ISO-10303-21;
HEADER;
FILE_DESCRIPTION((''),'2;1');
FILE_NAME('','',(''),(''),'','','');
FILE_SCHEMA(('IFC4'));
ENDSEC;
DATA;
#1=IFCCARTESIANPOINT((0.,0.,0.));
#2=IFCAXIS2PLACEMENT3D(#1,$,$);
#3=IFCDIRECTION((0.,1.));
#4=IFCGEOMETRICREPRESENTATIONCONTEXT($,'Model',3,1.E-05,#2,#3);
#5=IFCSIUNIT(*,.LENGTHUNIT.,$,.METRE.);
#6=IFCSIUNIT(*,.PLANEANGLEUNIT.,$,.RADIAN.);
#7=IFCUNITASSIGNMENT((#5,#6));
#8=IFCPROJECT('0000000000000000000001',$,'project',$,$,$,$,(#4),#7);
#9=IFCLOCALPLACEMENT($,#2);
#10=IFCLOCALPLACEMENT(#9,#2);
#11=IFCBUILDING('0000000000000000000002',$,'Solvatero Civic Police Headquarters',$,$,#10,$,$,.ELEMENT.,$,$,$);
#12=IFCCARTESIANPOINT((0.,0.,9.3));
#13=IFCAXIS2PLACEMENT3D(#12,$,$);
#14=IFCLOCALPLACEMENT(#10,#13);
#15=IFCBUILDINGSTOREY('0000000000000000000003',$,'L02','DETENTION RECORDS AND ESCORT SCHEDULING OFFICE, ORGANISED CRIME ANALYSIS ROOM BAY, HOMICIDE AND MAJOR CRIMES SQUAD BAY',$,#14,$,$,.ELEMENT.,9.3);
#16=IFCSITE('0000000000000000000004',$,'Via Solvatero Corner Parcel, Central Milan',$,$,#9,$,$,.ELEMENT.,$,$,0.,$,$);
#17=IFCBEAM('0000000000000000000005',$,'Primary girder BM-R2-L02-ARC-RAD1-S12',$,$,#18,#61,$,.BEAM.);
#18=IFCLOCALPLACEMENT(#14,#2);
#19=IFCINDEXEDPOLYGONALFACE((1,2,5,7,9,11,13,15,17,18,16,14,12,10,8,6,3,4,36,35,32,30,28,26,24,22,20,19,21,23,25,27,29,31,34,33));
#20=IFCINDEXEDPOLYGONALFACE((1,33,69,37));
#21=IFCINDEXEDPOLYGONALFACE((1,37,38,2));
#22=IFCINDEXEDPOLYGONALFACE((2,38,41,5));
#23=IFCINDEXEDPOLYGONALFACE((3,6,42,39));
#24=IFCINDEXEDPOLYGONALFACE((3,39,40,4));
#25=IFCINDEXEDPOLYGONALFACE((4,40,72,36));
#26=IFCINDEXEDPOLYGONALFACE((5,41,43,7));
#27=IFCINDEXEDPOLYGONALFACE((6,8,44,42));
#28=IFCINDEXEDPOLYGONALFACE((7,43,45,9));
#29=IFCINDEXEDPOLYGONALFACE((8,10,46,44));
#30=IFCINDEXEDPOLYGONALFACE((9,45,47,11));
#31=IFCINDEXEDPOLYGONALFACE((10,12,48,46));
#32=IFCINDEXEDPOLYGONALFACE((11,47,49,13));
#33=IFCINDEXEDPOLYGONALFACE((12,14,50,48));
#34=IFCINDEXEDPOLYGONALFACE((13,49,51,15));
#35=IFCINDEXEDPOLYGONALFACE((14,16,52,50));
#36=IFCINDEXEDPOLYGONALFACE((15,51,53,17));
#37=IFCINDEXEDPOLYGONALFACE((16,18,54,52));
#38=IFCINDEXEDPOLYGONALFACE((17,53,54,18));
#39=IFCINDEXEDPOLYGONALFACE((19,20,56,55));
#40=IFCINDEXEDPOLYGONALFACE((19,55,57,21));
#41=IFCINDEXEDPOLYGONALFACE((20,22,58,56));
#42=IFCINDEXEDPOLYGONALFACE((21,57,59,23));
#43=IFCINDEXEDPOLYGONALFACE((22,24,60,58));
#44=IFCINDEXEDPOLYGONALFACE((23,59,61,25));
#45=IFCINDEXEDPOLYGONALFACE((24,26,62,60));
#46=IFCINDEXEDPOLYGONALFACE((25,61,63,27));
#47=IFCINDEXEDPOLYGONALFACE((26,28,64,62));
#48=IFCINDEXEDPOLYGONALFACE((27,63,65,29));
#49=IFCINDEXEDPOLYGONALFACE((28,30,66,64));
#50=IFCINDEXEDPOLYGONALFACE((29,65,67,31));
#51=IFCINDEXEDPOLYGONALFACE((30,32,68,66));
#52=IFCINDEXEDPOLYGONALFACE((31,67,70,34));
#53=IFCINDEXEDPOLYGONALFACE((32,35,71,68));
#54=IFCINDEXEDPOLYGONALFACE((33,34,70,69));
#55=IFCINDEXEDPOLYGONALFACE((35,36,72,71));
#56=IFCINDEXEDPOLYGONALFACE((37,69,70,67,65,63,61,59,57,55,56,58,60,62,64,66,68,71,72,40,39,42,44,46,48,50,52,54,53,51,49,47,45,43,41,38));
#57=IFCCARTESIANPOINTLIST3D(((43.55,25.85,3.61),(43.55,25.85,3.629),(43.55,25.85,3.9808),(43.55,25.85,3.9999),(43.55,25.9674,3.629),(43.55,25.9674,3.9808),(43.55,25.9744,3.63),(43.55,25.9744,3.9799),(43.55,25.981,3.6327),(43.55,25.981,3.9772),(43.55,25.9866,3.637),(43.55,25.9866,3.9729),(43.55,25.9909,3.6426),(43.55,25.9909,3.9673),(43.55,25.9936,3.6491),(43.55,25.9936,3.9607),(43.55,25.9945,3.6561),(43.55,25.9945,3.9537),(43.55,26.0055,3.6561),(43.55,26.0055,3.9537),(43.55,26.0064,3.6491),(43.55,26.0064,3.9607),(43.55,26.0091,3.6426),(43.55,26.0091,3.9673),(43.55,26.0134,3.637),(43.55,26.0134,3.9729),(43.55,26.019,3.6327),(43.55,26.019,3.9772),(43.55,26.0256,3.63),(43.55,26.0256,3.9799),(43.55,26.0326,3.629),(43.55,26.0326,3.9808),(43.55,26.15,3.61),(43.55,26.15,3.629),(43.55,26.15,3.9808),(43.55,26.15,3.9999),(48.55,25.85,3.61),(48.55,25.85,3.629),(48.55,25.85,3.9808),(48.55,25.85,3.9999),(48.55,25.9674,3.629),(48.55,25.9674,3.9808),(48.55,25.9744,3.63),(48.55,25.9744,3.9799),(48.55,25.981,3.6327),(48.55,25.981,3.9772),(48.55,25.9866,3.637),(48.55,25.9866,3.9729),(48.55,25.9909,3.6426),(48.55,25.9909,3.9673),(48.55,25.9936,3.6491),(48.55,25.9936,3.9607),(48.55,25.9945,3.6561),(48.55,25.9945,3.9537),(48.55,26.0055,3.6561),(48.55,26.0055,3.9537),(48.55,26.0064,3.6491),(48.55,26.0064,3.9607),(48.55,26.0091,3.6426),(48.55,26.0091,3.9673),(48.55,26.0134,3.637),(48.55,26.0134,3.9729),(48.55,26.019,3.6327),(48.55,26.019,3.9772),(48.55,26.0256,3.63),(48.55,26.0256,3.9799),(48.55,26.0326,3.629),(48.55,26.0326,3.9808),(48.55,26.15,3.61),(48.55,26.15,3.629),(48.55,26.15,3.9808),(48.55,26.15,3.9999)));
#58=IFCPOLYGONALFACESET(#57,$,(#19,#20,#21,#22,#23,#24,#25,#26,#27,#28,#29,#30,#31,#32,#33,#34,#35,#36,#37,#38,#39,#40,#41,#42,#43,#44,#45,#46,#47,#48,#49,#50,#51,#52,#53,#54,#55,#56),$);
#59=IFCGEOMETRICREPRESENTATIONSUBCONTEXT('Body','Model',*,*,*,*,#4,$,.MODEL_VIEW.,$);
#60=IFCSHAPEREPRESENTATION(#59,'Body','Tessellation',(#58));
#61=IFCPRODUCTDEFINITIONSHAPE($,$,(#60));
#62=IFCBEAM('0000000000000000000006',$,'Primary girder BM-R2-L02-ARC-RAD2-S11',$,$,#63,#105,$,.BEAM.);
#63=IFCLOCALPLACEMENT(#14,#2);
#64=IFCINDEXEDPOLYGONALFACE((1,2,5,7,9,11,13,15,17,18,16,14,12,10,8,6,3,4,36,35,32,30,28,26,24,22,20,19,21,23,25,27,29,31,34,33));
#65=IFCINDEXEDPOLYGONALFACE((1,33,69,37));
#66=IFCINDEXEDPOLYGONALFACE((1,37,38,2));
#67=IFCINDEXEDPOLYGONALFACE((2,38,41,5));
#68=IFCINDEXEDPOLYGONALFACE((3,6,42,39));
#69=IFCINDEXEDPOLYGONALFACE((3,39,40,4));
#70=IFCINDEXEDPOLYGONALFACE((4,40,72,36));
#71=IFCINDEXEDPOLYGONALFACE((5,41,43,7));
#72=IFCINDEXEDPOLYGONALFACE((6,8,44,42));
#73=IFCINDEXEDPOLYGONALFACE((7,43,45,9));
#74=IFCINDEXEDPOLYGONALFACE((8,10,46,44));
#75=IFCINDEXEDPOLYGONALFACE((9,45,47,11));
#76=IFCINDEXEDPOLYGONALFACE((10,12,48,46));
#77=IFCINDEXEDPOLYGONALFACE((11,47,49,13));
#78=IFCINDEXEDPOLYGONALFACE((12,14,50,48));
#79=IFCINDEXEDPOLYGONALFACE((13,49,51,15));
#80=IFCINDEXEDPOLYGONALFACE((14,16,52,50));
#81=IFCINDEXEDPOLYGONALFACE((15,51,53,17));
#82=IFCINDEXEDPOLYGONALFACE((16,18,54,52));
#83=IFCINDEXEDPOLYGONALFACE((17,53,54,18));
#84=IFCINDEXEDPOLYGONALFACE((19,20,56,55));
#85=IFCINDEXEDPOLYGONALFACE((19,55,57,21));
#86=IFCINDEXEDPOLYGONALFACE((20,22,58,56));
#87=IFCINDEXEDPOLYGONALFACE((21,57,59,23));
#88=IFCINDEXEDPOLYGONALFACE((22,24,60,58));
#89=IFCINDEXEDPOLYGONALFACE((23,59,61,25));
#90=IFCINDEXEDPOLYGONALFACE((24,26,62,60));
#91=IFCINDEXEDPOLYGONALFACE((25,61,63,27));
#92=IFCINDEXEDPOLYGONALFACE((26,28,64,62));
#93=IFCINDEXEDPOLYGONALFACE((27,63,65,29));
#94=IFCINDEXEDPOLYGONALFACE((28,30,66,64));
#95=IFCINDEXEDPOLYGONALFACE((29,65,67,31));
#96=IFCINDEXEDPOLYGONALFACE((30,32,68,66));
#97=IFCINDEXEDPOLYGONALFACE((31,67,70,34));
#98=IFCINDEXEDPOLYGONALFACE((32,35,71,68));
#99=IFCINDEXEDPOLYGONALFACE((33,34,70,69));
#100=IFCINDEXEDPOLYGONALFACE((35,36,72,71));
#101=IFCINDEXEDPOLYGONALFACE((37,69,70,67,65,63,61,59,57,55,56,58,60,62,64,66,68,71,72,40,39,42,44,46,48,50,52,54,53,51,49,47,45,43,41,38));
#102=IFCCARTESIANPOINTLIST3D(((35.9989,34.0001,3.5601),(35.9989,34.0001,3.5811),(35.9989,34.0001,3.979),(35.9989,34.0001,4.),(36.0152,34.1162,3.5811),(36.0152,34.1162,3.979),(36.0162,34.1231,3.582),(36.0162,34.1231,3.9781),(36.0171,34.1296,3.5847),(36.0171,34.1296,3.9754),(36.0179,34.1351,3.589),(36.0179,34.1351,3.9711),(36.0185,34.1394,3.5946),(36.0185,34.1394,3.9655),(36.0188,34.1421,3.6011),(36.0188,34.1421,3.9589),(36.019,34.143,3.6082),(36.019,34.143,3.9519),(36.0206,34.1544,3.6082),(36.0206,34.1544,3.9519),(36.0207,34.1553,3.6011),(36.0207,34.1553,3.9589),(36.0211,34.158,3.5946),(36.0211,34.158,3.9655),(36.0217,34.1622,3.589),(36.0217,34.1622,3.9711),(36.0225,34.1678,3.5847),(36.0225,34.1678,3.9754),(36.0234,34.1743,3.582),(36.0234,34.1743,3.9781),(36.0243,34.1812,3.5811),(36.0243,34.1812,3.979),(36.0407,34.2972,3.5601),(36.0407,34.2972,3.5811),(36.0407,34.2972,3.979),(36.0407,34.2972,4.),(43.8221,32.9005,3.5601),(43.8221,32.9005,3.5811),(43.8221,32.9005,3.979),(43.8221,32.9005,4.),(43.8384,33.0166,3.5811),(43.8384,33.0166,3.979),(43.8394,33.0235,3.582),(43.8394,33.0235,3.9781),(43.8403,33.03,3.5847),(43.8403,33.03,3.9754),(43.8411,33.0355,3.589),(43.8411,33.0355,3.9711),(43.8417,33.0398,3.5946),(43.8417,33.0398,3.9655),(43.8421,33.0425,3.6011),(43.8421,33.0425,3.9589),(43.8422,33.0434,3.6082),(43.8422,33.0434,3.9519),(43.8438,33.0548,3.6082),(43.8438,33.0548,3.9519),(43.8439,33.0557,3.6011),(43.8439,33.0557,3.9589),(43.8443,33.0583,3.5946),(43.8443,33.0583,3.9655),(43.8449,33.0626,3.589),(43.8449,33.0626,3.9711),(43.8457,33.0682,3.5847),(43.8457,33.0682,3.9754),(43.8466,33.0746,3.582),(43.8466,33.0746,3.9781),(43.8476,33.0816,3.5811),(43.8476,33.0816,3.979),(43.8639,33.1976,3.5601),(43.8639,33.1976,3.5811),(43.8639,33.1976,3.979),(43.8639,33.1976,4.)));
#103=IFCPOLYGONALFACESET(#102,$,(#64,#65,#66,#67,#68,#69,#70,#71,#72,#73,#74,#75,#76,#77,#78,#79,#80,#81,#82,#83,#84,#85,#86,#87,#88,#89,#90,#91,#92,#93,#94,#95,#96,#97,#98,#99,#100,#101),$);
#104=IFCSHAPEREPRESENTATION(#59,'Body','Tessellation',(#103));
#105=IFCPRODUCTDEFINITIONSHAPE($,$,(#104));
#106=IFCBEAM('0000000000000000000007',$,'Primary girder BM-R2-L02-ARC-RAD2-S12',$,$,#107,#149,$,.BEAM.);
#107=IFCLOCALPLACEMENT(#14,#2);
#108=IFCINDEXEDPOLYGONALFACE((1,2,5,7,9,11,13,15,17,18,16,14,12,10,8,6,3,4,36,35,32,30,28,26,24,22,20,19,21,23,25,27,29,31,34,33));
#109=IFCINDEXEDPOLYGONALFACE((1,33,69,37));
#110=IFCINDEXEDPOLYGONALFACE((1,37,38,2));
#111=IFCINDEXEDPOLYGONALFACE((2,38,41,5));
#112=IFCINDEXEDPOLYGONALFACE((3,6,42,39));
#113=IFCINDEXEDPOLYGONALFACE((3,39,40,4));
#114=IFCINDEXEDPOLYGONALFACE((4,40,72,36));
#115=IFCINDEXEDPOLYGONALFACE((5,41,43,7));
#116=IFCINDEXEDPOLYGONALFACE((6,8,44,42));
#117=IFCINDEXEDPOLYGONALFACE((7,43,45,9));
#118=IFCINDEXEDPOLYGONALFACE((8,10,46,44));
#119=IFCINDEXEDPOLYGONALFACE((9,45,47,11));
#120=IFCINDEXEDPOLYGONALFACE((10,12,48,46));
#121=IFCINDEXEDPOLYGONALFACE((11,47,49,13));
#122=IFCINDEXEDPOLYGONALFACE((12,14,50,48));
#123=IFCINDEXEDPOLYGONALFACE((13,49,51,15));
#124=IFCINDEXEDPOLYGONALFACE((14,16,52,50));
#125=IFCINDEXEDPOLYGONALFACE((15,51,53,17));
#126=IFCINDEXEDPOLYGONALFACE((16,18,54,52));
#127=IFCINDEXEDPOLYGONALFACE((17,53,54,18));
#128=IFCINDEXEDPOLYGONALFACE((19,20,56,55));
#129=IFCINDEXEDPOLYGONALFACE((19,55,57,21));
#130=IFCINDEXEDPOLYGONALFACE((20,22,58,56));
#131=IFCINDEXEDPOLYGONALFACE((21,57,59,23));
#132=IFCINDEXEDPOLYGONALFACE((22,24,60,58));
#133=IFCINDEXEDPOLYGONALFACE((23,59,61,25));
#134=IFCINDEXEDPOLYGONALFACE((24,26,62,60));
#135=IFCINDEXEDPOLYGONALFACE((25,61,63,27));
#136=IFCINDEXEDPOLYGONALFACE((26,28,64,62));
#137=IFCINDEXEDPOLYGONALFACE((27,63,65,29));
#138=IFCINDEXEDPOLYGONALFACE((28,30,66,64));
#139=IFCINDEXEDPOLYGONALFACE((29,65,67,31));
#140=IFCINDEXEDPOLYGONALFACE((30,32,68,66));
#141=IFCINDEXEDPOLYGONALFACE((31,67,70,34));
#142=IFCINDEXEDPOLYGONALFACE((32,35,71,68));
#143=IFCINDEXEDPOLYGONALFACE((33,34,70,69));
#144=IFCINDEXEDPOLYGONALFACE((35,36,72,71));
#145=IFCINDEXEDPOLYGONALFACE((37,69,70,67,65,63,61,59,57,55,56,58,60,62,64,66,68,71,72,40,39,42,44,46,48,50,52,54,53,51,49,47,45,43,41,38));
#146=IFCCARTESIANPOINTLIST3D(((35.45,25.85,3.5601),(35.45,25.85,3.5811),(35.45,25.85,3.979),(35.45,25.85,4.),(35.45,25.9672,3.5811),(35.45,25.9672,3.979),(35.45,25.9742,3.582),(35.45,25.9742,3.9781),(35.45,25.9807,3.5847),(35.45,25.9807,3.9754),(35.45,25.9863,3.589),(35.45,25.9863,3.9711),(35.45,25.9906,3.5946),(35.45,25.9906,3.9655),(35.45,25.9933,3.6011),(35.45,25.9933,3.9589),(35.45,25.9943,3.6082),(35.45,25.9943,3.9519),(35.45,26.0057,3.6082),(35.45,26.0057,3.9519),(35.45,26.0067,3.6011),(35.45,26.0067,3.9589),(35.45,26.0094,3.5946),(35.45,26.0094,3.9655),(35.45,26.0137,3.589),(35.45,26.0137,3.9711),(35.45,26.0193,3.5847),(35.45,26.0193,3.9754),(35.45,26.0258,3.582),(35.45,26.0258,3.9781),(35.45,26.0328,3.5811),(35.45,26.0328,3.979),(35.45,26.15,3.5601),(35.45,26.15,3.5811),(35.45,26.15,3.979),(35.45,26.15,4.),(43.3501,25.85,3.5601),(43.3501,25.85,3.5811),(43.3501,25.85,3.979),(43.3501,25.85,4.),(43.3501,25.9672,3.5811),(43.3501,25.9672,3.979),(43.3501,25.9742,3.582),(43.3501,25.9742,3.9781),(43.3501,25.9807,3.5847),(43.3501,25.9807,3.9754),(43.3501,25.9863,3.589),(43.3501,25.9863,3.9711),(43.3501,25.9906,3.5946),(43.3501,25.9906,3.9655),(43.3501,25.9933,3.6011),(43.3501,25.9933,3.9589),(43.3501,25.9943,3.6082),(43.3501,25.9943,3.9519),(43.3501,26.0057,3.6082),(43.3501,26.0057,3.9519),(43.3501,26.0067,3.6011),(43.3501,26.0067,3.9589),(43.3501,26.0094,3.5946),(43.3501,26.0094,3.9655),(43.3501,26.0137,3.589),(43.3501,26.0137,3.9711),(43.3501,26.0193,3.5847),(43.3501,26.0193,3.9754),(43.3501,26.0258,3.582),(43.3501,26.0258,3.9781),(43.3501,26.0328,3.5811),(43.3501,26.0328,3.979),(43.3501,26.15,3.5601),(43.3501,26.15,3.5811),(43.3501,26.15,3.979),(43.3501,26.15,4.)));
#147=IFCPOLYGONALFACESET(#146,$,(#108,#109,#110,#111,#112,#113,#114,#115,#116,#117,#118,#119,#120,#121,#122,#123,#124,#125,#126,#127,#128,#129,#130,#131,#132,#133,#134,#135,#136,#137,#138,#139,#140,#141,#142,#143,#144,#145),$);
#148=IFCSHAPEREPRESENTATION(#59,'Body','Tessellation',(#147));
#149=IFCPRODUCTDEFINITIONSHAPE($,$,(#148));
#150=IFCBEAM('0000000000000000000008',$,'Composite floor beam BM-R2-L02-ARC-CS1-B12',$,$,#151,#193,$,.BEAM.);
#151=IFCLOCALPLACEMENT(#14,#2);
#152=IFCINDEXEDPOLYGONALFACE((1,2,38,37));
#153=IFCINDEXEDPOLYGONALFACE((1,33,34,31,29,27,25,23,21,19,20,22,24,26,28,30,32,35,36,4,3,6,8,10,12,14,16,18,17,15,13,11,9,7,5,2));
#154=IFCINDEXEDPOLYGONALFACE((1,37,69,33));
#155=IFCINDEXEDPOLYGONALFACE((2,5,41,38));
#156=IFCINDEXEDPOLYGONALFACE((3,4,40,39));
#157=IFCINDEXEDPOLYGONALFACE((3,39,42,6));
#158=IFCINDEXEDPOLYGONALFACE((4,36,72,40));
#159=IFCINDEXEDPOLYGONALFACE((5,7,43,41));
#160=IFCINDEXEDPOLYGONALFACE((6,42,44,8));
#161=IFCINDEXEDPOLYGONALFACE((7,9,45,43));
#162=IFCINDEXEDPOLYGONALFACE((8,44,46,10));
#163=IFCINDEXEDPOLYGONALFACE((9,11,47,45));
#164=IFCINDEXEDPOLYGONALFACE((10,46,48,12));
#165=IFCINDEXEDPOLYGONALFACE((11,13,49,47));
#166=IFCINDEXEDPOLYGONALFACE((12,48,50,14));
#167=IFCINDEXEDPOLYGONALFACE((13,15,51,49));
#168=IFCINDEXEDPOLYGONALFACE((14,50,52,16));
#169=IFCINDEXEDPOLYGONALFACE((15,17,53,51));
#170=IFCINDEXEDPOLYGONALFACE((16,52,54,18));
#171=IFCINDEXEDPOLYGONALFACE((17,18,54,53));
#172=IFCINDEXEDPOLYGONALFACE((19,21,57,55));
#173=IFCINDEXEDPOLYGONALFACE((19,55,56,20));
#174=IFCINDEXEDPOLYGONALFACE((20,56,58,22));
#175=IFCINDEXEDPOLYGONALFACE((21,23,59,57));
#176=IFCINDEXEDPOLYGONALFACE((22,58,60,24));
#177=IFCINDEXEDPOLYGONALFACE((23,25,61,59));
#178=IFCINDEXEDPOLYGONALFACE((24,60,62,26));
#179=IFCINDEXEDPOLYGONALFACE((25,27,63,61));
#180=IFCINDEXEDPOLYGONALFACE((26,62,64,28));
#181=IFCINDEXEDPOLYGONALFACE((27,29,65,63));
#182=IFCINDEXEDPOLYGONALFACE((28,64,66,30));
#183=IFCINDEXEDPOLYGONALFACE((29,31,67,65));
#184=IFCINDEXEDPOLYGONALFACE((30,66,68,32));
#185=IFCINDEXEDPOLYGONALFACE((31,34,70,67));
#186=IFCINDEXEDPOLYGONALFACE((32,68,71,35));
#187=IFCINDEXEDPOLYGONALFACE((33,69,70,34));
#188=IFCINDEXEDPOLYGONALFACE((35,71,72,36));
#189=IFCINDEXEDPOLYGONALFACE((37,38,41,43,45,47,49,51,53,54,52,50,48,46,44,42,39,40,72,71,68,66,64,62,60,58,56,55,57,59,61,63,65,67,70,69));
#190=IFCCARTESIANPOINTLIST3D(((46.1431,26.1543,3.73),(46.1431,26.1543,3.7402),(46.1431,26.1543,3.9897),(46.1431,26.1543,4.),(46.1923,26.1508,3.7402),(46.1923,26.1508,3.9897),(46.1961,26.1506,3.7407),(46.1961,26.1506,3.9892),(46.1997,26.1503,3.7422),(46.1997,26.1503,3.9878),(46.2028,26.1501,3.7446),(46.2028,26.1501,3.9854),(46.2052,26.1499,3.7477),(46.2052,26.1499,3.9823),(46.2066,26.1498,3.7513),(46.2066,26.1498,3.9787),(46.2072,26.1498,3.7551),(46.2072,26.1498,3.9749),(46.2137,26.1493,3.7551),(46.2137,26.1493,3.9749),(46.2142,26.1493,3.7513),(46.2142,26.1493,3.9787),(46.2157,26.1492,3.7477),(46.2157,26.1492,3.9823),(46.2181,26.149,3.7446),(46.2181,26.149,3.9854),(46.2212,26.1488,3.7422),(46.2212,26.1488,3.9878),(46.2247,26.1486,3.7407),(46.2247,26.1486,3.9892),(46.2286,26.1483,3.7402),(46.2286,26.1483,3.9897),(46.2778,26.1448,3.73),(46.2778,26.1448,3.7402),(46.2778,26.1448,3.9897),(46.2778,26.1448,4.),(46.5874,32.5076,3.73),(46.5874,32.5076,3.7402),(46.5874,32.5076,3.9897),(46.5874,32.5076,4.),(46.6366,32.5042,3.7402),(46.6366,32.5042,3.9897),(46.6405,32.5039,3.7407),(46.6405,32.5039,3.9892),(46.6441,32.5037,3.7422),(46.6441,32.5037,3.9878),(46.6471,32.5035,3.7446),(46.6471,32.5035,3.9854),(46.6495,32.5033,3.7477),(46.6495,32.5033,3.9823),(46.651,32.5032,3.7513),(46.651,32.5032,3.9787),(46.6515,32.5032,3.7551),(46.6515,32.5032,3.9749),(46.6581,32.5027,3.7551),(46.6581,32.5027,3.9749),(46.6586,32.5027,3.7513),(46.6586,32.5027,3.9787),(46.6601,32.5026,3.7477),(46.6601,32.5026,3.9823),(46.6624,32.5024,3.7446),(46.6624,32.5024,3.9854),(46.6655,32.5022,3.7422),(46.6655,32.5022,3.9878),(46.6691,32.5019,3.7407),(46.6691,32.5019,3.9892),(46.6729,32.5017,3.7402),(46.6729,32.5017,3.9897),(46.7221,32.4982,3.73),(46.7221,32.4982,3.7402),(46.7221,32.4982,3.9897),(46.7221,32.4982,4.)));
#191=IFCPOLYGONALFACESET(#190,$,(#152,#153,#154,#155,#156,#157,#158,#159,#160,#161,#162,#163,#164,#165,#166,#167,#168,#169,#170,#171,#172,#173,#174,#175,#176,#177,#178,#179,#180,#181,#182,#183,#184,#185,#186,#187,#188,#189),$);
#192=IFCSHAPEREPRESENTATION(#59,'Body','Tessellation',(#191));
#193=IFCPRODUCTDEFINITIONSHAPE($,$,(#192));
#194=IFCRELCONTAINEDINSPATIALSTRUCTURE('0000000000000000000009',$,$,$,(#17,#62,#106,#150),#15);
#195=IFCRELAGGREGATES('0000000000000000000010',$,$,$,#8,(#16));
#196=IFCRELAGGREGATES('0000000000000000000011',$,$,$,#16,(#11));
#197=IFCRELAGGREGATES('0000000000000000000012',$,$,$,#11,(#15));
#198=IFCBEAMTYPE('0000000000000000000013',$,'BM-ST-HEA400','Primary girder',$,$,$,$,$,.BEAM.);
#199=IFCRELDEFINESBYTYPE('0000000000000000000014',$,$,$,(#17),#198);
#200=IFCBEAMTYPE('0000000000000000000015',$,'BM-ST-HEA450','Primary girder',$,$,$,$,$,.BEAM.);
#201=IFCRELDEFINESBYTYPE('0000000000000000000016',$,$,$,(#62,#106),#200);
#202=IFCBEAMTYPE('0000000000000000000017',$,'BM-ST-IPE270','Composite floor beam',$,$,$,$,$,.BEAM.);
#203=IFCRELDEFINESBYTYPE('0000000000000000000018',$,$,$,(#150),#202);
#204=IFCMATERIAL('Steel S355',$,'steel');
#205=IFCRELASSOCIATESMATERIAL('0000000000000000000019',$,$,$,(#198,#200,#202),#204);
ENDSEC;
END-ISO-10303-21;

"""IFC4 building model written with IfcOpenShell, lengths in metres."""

from ifc_helpers import new_model, si_unit, direction, frame, origin, origin_2d, place, context, subcontext, project, spatial, i_section, extrude, material, material_profile, profile_set, type_object, element, save


model = new_model("IFC4")

# Units and contexts
model_context = context("Model", 3, precision=1e-05, world=origin(), true_north=direction((0.0, 1.0)))
body_context = subcontext(model_context, "Body", "Model", "MODEL_VIEW")
ifc_project = project(units=[si_unit("LENGTHUNIT", "METRE"), si_unit("PLANEANGLEUNIT", "RADIAN")], contexts=[model_context])

# Site, building, storey
site_placement = place(None, origin())
site = spatial("IfcSite", under=ifc_project, at=site_placement, Name="Via Solvatero Corner Parcel, Central Milan", CompositionType="ELEMENT", RefElevation=0.0)
building_placement = place(site_placement, origin())
building = spatial("IfcBuilding", under=site, at=building_placement, Name="Solvatero Civic Police Headquarters", CompositionType="ELEMENT")
storey_placement = place(building_placement, frame((0.0, 0.0, 9.3)))
storey = spatial("IfcBuildingStorey", under=building, at=storey_placement, Name="L02", Description="DETENTION RECORDS AND ESCORT SCHEDULING OFFICE, ORGANISED CRIME ANALYSIS ROOM BAY, HOMICIDE AND MAJOR CRIMES SQUAD BAY", CompositionType="ELEMENT", Elevation=9.3)

# Shared definitions
ifc_material_1 = material(Name="Steel S355", Category="steel")

# Beams
ifc_material_profile_1 = material_profile(ifc_material_1, i_section(OverallWidth=0.3, OverallDepth=0.3899, WebThickness=0.011, FlangeThickness=0.019, FilletRadius=0.0271, at=origin_2d()), Name="HEA 400")
ifc_profile_set_1 = profile_set([ifc_material_profile_1], Name="Steel S355")
beam_type_1 = type_object("IfcBeamType", Name="BM-ST-HEA400", Description="Primary girder", PredefinedType="BEAM", material=ifc_profile_set_1)
beam_1_placement = place(storey_placement, frame((48.55, 26.0, 3.8049), z_axis=(-1.0, 0.0, 0.0), x_axis=(0.0, -1.0, 0.0)))
element("IfcBeam", 1, at=beam_1_placement, inside=storey, type_object=beam_type_1, Name="Primary girder BM-R2-L02-ARC-RAD1-S12", PredefinedType="BEAM", context=body_context, shape_type="SweptSolid", body=[
    extrude(i_section(OverallWidth=0.3, OverallDepth=0.3899, WebThickness=0.011, FlangeThickness=0.019, FilletRadius=0.0271, at=origin_2d()), origin(), (0.0, 0.0, 1.0), 5.0),
])
ifc_material_profile_2 = material_profile(ifc_material_1, i_section(OverallWidth=0.3, OverallDepth=0.4399, WebThickness=0.0115, FlangeThickness=0.021, FilletRadius=0.0271, at=origin_2d()), Name="HEA 450")
ifc_profile_set_2 = profile_set([ifc_material_profile_2], Name="Steel S355")
beam_type_2 = type_object("IfcBeamType", Name="BM-ST-HEA450", Description="Primary girder", PredefinedType="BEAM", material=ifc_profile_set_2)
for number, where, z_axis, x_axis, name in (
    (2, (43.843, 33.0491, 3.78), (-0.990266, 0.139189, 0.0), (-0.139189, -0.990266, 0.0), "Primary girder BM-R2-L02-ARC-RAD2-S11"),
    (3, (43.3501, 26.0, 3.78), (-1.0, 0.0, 0.0), (0.0, -1.0, 0.0), "Primary girder BM-R2-L02-ARC-RAD2-S12"),
):
    element("IfcBeam", number, at=place(storey_placement, frame(where, z_axis=z_axis, x_axis=x_axis)), inside=storey, type_object=beam_type_2, Name=name, PredefinedType="BEAM", context=body_context, shape_type="SweptSolid", body=[
        extrude(i_section(OverallWidth=0.3, OverallDepth=0.4399, WebThickness=0.0115, FlangeThickness=0.021, FilletRadius=0.0271, at=origin_2d()), origin(), (0.0, 0.0, 1.0), 7.9001),
    ])
ifc_material_profile_3 = material_profile(ifc_material_1, i_section(OverallWidth=0.135, OverallDepth=0.27, WebThickness=0.0066, FlangeThickness=0.0103, FilletRadius=0.0149, at=origin_2d()), Name="IPE 270")
ifc_profile_set_3 = profile_set([ifc_material_profile_3], Name="Steel S355")
beam_type_3 = type_object("IfcBeamType", Name="BM-ST-IPE270", Description="Composite floor beam", PredefinedType="BEAM", material=ifc_profile_set_3)
beam_2_placement = place(storey_placement, frame((46.6548, 32.5029, 3.865), z_axis=(-0.069768, -0.997563, 0.0), x_axis=(0.997563, -0.069768, 0.0)))
element("IfcBeam", 4, at=beam_2_placement, inside=storey, type_object=beam_type_3, Name="Composite floor beam BM-R2-L02-ARC-CS1-B12", PredefinedType="BEAM", context=body_context, shape_type="SweptSolid", body=[
    extrude(i_section(OverallWidth=0.135, OverallDepth=0.27, WebThickness=0.0066, FlangeThickness=0.0103, FilletRadius=0.0149, at=origin_2d()), origin(), (0.0, 0.0, 1.0), 6.3689),
])

save(model, "model.ifc")
